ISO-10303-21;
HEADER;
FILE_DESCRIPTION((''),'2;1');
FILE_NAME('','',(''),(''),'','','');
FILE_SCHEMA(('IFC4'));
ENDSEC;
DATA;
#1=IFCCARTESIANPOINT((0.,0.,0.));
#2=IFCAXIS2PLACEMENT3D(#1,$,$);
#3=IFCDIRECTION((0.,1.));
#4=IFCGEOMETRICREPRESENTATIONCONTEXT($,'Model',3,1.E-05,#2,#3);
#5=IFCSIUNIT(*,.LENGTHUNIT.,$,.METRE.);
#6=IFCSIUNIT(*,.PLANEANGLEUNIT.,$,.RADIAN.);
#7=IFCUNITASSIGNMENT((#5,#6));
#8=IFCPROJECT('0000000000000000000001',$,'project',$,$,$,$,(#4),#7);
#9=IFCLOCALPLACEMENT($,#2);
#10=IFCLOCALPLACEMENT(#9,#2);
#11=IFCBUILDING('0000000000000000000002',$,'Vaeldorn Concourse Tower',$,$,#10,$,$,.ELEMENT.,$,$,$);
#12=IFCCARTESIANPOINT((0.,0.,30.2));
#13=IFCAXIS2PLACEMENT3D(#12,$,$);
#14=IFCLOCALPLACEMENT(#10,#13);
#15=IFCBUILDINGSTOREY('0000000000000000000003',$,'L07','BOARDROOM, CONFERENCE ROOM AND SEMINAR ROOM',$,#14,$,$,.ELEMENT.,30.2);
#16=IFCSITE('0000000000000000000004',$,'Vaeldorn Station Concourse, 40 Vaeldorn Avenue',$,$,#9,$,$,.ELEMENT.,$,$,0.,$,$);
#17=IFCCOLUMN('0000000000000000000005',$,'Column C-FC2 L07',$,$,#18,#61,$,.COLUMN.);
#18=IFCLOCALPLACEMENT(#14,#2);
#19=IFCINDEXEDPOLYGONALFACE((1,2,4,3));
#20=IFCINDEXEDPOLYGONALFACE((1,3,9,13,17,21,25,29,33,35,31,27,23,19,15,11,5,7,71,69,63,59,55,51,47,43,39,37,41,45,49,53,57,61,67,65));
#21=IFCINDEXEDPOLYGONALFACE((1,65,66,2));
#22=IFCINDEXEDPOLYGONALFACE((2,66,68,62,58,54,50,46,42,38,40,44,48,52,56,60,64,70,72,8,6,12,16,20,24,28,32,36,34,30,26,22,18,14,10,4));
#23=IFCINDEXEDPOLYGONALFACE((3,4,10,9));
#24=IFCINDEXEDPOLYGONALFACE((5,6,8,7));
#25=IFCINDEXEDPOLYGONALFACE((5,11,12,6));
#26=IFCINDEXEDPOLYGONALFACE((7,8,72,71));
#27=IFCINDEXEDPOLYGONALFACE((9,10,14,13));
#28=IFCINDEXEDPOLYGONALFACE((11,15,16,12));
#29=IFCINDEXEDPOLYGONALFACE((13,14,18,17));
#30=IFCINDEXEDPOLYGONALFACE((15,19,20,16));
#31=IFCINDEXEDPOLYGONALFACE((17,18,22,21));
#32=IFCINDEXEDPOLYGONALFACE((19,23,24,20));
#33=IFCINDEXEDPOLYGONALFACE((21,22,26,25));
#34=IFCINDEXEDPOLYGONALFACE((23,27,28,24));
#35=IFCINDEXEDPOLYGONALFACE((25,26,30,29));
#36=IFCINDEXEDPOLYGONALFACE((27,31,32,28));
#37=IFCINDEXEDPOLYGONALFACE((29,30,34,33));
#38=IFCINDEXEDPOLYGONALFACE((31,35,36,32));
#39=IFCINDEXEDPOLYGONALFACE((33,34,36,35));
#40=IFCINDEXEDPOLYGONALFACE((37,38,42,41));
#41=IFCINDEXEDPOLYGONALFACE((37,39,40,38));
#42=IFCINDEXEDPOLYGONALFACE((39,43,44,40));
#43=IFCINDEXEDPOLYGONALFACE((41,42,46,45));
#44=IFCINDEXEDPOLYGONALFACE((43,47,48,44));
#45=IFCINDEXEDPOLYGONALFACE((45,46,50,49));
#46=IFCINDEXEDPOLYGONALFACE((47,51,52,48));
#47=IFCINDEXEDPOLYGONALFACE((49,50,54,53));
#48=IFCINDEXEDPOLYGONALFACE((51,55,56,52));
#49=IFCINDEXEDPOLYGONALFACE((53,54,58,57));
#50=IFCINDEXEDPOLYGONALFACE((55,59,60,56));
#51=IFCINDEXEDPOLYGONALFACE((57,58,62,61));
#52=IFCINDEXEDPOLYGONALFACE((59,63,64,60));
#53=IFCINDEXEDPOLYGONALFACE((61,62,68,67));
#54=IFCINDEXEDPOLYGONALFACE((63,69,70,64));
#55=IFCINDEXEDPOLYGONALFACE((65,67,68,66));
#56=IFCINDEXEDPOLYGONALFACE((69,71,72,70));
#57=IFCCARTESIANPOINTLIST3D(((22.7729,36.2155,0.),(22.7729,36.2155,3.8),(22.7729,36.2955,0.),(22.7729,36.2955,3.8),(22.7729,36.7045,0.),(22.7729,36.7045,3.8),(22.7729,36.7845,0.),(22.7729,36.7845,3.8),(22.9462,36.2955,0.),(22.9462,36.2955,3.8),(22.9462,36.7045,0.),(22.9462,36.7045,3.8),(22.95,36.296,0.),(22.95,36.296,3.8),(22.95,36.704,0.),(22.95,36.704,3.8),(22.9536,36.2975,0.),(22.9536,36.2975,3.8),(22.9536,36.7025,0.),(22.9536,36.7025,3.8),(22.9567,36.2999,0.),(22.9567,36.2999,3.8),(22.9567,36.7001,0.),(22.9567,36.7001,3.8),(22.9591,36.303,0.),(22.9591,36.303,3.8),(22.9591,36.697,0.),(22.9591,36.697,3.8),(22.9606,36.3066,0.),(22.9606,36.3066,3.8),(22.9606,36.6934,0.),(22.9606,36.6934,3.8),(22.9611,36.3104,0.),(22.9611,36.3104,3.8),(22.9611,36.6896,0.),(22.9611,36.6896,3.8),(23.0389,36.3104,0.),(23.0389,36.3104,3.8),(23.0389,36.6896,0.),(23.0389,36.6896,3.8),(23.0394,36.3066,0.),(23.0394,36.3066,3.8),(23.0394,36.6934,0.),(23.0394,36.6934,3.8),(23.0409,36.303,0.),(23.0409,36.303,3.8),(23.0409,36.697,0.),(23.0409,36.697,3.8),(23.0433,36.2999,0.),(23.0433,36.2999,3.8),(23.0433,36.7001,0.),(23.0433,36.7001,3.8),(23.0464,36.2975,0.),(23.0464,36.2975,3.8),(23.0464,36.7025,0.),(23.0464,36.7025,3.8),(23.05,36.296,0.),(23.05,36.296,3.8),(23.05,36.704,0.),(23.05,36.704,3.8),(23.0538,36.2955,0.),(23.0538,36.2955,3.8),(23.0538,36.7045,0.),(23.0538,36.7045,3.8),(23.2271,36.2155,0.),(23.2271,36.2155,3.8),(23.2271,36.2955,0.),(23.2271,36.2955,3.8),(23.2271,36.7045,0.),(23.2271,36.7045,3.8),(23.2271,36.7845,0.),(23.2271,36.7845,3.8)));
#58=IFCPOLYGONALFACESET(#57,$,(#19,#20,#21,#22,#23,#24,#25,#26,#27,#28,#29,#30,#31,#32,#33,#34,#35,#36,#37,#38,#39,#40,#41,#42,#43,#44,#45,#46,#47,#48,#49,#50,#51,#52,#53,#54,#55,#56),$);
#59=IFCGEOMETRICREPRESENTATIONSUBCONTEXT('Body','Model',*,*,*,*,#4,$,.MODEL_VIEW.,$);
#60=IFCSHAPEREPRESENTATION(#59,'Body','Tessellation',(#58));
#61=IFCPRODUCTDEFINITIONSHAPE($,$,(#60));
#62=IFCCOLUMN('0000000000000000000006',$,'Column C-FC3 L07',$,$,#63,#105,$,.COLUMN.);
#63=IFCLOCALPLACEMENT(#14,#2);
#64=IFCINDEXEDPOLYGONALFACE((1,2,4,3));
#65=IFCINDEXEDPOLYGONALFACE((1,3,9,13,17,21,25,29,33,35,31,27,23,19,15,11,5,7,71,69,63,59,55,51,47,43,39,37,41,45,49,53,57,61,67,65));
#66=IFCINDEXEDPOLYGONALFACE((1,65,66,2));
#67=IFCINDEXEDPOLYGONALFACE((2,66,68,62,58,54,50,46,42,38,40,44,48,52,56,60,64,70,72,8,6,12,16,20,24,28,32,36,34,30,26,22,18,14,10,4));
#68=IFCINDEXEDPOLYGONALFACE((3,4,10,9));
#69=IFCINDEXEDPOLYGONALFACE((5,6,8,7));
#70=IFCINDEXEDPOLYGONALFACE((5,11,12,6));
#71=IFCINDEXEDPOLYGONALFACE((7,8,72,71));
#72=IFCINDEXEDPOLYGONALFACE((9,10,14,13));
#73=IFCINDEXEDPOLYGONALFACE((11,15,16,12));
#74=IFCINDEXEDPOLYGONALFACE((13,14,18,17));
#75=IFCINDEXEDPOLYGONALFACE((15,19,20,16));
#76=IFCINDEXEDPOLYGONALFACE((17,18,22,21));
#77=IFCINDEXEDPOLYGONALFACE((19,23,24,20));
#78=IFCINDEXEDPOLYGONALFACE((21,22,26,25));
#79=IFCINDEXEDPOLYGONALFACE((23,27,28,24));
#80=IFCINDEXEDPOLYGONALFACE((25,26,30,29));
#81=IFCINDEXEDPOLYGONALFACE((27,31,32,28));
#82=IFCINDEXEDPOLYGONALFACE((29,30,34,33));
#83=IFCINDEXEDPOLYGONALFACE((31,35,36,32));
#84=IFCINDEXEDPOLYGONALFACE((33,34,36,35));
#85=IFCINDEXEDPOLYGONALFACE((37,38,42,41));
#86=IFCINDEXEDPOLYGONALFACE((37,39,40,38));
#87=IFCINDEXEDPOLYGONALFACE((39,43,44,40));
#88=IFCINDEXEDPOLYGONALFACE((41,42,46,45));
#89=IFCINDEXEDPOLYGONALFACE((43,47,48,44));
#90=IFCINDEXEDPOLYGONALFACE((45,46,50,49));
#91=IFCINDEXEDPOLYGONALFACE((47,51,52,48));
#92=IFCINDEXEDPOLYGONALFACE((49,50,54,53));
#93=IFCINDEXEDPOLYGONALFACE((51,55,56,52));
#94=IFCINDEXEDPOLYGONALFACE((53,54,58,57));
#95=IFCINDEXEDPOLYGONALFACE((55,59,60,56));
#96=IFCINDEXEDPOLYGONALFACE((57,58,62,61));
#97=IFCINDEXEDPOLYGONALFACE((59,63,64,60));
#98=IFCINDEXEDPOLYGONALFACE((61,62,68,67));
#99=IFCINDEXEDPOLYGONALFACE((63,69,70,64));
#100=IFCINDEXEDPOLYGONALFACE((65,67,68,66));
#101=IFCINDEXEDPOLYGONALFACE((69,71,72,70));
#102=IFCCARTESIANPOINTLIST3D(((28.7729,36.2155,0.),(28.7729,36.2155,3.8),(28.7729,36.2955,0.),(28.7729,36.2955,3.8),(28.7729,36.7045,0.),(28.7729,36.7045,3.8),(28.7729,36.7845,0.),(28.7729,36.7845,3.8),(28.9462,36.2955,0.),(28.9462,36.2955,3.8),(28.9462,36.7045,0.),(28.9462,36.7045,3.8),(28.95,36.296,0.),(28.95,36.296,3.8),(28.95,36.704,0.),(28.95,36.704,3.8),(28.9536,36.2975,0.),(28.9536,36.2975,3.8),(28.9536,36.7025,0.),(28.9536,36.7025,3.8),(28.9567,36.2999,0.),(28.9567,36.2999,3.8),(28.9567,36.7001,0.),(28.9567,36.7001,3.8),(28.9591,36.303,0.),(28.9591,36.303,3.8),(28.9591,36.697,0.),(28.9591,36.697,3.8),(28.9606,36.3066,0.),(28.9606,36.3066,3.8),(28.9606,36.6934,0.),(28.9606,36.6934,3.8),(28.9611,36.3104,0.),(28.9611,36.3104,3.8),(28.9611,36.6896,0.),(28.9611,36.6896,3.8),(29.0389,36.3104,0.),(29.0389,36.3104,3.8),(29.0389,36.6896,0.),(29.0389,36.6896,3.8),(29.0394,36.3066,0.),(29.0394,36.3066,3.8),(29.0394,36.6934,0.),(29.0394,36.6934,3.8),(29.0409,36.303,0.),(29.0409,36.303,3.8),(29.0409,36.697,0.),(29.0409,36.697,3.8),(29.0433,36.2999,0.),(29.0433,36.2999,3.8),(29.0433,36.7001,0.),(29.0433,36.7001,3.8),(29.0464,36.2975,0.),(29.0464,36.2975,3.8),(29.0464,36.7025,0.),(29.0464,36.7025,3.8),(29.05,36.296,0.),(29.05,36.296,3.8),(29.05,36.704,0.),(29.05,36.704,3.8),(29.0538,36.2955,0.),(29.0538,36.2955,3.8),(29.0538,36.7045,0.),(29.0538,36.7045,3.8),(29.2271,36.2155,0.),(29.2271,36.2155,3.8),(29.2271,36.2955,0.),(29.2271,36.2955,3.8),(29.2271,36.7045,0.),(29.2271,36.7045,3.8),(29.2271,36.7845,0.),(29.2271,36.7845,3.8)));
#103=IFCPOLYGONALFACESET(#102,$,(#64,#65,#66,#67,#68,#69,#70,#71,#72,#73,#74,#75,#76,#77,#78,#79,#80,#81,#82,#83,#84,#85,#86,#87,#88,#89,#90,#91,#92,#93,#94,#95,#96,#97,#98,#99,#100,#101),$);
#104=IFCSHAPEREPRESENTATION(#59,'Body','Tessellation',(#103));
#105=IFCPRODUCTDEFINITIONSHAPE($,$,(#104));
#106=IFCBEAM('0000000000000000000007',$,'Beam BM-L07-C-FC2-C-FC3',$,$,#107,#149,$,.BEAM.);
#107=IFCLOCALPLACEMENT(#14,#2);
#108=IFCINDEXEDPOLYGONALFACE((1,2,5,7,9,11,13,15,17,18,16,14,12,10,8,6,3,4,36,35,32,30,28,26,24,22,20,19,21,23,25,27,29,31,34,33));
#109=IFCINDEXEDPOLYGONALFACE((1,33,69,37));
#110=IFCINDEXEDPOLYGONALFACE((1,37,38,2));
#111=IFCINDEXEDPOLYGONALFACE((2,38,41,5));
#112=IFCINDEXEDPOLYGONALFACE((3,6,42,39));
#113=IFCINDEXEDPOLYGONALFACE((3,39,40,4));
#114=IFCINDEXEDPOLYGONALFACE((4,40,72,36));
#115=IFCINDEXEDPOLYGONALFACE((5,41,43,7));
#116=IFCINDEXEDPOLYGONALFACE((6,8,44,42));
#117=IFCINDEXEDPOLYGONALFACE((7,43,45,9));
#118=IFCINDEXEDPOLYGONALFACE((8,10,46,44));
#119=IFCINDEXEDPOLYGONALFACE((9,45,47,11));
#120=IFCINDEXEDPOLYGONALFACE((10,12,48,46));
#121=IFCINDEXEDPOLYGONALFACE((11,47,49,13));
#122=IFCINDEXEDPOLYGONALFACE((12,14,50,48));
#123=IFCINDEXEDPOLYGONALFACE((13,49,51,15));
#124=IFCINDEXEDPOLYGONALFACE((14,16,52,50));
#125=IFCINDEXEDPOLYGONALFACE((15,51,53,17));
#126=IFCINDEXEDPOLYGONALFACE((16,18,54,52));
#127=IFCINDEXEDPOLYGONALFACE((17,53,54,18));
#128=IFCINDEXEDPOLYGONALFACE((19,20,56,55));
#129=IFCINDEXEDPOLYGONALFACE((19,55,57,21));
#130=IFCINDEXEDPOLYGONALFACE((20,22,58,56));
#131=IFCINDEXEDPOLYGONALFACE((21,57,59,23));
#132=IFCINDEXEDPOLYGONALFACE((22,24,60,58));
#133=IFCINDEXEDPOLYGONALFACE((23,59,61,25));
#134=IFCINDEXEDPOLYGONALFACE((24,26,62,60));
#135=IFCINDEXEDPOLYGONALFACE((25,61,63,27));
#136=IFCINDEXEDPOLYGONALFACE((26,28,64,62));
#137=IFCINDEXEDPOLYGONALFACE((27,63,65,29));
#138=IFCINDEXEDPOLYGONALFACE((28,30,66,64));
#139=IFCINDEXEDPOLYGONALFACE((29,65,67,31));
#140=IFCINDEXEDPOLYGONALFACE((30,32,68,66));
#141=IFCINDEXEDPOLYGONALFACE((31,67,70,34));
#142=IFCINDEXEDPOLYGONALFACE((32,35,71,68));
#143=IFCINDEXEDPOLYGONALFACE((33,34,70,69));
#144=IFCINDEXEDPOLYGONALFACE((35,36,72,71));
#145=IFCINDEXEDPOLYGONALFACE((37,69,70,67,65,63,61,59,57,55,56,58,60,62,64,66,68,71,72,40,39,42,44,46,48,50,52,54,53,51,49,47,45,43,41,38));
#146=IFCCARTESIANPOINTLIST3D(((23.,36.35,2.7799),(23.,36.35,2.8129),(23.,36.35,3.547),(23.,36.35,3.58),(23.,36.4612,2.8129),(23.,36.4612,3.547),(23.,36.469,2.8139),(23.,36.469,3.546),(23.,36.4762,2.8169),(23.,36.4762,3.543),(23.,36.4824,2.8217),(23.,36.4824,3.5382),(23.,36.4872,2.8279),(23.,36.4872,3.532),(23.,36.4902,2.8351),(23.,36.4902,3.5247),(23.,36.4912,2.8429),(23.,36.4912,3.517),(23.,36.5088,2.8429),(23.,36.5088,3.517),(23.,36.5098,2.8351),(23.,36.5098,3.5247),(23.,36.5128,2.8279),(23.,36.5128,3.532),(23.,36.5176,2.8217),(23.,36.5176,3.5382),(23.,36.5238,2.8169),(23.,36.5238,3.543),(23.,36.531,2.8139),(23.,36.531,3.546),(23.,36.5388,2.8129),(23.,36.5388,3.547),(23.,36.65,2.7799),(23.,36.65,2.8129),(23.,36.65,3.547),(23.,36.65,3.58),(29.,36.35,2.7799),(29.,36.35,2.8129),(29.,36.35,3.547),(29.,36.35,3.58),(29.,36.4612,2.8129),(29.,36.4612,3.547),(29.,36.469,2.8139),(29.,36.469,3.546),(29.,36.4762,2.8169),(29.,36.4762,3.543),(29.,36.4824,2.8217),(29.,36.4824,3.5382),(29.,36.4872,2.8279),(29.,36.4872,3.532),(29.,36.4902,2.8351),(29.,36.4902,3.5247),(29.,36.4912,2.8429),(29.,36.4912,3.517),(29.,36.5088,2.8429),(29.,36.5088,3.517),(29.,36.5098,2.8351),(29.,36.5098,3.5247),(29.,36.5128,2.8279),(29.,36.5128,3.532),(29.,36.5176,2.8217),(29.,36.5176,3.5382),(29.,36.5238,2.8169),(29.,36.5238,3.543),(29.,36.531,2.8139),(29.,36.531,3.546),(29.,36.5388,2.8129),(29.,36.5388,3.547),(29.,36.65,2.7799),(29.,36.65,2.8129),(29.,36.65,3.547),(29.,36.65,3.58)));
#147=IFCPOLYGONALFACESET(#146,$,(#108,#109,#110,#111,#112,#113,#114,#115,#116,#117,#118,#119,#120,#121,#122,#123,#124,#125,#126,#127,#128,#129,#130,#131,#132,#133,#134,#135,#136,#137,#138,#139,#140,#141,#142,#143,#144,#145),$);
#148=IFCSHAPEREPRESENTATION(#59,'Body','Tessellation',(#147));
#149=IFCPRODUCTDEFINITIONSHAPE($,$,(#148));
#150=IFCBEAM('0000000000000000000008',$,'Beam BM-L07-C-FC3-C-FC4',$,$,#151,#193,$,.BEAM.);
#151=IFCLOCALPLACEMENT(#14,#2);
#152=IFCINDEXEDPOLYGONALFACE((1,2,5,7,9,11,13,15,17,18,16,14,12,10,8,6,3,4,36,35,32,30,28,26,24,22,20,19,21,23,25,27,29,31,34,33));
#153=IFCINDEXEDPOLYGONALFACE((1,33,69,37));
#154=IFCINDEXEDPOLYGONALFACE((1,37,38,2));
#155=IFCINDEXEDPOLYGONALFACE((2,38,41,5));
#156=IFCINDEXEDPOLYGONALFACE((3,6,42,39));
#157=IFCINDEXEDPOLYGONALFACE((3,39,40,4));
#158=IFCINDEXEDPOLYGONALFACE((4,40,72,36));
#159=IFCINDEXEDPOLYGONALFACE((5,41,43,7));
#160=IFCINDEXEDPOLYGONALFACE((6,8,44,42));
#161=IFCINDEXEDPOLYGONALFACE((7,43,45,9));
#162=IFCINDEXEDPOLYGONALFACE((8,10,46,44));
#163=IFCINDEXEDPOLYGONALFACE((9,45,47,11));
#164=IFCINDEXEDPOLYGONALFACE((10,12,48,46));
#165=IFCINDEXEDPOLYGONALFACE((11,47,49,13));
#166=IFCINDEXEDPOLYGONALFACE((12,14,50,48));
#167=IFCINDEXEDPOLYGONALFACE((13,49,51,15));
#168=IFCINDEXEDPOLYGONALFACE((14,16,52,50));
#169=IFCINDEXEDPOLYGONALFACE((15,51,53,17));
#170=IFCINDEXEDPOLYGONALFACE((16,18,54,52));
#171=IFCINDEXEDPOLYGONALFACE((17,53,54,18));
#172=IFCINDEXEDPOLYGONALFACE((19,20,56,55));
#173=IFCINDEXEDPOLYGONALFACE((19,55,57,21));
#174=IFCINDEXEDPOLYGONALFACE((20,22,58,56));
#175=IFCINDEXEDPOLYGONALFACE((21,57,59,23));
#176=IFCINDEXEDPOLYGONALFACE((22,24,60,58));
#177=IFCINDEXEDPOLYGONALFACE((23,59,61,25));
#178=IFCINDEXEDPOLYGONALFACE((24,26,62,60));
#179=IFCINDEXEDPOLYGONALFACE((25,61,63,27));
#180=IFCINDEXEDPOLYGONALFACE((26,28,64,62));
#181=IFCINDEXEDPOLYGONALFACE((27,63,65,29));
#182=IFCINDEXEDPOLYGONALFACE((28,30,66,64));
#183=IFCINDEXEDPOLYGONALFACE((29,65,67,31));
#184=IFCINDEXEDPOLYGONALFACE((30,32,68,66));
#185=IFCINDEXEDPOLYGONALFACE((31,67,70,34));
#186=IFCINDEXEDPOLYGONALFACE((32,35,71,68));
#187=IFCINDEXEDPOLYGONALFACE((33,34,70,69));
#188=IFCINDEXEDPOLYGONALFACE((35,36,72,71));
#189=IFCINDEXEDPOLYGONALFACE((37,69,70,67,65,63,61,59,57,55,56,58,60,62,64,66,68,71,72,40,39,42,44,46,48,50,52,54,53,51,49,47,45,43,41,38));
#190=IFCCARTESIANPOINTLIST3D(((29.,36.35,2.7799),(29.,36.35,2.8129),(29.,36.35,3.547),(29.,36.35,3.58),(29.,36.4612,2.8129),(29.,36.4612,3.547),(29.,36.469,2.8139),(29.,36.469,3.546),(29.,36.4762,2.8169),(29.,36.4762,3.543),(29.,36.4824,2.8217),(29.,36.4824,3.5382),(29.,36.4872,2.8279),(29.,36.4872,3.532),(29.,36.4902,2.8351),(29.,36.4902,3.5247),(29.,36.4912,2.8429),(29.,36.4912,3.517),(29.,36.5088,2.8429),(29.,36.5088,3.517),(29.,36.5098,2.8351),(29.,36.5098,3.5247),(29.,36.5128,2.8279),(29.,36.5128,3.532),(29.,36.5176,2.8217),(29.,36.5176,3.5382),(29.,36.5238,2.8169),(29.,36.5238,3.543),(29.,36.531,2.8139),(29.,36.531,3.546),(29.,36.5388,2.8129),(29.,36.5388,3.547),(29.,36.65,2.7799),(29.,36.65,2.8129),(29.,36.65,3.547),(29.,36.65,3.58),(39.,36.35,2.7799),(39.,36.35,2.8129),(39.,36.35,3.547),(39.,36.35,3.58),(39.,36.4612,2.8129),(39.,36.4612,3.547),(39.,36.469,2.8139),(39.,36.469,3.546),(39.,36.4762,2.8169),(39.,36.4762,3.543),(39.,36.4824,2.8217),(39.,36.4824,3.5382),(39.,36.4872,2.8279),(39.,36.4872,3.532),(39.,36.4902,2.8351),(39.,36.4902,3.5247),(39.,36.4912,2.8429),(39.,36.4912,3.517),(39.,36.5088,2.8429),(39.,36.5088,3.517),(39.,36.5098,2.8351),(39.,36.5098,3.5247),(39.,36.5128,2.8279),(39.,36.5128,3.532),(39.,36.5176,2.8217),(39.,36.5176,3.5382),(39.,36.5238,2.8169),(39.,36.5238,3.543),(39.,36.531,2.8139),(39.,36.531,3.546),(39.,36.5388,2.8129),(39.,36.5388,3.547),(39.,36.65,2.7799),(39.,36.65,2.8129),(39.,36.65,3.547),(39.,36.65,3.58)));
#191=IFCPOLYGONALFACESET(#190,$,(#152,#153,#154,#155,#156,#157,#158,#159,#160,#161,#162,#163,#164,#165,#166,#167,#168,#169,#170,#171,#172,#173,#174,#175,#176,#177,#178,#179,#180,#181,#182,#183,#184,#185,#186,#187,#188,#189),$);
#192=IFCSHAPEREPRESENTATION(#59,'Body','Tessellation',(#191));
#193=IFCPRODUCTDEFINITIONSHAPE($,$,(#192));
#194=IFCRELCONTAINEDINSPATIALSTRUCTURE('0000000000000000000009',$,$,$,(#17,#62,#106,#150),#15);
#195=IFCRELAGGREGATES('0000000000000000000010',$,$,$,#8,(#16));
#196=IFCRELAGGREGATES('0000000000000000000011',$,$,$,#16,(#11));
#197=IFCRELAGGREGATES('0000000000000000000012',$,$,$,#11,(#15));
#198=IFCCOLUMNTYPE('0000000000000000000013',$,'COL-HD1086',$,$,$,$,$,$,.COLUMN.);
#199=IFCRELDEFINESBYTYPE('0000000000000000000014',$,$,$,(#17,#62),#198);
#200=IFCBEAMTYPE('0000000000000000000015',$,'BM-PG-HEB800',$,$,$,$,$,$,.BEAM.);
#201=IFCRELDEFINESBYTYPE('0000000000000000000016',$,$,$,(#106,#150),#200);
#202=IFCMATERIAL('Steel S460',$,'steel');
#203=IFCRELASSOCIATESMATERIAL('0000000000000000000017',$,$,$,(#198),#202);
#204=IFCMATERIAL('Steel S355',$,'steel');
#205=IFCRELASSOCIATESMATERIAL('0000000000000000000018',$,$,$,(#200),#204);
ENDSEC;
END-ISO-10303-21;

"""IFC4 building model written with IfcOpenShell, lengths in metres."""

from ifc_helpers import new_model, si_unit, direction, frame, origin, origin_2d, place, context, subcontext, project, spatial, i_section, extrude, source, transform, mapped, material, material_profile, profile_set, type_object, element, save


model = new_model("IFC4")

# Units and contexts
model_context = context("Model", 3, precision=1e-05, world=origin(), true_north=direction((0.0, 1.0)))
body_context = subcontext(model_context, "Body", "Model", "MODEL_VIEW")
ifc_project = project(units=[si_unit("LENGTHUNIT", "METRE"), si_unit("PLANEANGLEUNIT", "RADIAN")], contexts=[model_context])

# Site, building, storey
site_placement = place(None, origin())
site = spatial("IfcSite", under=ifc_project, at=site_placement, Name="Vaeldorn Station Concourse, 40 Vaeldorn Avenue", CompositionType="ELEMENT", RefElevation=0.0)
building_placement = place(site_placement, origin())
building = spatial("IfcBuilding", under=site, at=building_placement, Name="Vaeldorn Concourse Tower", CompositionType="ELEMENT")
storey_placement = place(building_placement, frame((0.0, 0.0, 30.2)))
storey = spatial("IfcBuildingStorey", under=building, at=storey_placement, Name="L07", Description="BOARDROOM, CONFERENCE ROOM AND SEMINAR ROOM", CompositionType="ELEMENT", Elevation=30.2)

# Columns
ifc_material_1 = material(Name="Steel S460", Category="steel")
ifc_material_profile_1 = material_profile(ifc_material_1, i_section(OverallWidth=0.4541, OverallDepth=0.5691, WebThickness=0.0779, FlangeThickness=0.0801, FilletRadius=0.0149, at=origin_2d()), Name="HD 400x1086")
ifc_profile_set_1 = profile_set([ifc_material_profile_1], Name="Steel S460")
column_type = type_object("IfcColumnType", Name="COL-HD1086", PredefinedType="COLUMN", material=ifc_profile_set_1)
shared_shape_1 = source(origin(), body_context, "Body", "SweptSolid", [
    extrude(i_section(OverallWidth=0.4541, OverallDepth=0.5691, WebThickness=0.0779, FlangeThickness=0.0801, FilletRadius=0.0149, at=origin_2d()), origin(), (0.0, 0.0, 1.0), 3.8),
])
for number, where, z_axis, x_axis, name in (
    (1, (23.0, 36.5, 0.0), (0.0, 0.0, 1.0), (1.0, 0.0, 0.0), "Column C-FC2 L07"),
    (2, (29.0, 36.5, 0.0), (0.0, 0.0, 1.0), (1.0, 0.0, 0.0), "Column C-FC3 L07"),
):
    element("IfcColumn", number, at=place(storey_placement, frame(where, z_axis=z_axis, x_axis=x_axis)), inside=storey, type_object=column_type, Name=name, PredefinedType="COLUMN", context=body_context, shape_type="MappedRepresentation", body=[
        mapped(shared_shape_1, transform((0.0, 0.0, 0.0), scale=1.0)),
    ])

# Beams
ifc_material_2 = material(Name="Steel S355", Category="steel")
ifc_material_profile_2 = material_profile(ifc_material_2, i_section(OverallWidth=0.3, OverallDepth=0.8, WebThickness=0.0176, FlangeThickness=0.033, FilletRadius=0.03, at=origin_2d()), Name="HEB 800")
ifc_profile_set_2 = profile_set([ifc_material_profile_2], Name="Steel S355")
beam_type_1 = type_object("IfcBeamType", Name="BM-PG-HEB800", PredefinedType="BEAM", material=ifc_profile_set_2)
shared_shape_2 = source(origin(), body_context, "Body", "SweptSolid", [
    extrude(i_section(OverallWidth=0.3, OverallDepth=0.8, WebThickness=0.0176, FlangeThickness=0.033, FilletRadius=0.03, at=origin_2d()), origin(), (0.0, 0.0, 1.0), 6.0),
])
beam_1_placement = place(storey_placement, frame((23.0, 36.5, 3.1799), z_axis=(1.0, 0.0, 0.0), x_axis=(0.0, 1.0, 0.0)))
element("IfcBeam", 3, at=beam_1_placement, inside=storey, type_object=beam_type_1, Name="Beam BM-L07-C-FC2-C-FC3", PredefinedType="BEAM", context=body_context, shape_type="MappedRepresentation", body=[
    mapped(shared_shape_2, transform((0.0, 0.0, 0.0), scale=1.0)),
])
shared_shape_3 = source(origin(), body_context, "Body", "SweptSolid", [
    extrude(i_section(OverallWidth=0.3, OverallDepth=0.8, WebThickness=0.0176, FlangeThickness=0.033, FilletRadius=0.03, at=origin_2d()), origin(), (0.0, 0.0, 1.0), 10.0),
])
for number, where, z_axis, x_axis, name in (
    (4, (29.0, 36.5, 3.1799), (1.0, 0.0, 0.0), (0.0, 1.0, 0.0), "Beam BM-L07-C-FC3-C-FC4"),
):
    element("IfcBeam", number, at=place(storey_placement, frame(where, z_axis=z_axis, x_axis=x_axis)), inside=storey, type_object=beam_type_1, Name=name, PredefinedType="BEAM", context=body_context, shape_type="MappedRepresentation", body=[
        mapped(shared_shape_3, transform((0.0, 0.0, 0.0), scale=1.0)),
    ])

save(model, "model.ifc")
